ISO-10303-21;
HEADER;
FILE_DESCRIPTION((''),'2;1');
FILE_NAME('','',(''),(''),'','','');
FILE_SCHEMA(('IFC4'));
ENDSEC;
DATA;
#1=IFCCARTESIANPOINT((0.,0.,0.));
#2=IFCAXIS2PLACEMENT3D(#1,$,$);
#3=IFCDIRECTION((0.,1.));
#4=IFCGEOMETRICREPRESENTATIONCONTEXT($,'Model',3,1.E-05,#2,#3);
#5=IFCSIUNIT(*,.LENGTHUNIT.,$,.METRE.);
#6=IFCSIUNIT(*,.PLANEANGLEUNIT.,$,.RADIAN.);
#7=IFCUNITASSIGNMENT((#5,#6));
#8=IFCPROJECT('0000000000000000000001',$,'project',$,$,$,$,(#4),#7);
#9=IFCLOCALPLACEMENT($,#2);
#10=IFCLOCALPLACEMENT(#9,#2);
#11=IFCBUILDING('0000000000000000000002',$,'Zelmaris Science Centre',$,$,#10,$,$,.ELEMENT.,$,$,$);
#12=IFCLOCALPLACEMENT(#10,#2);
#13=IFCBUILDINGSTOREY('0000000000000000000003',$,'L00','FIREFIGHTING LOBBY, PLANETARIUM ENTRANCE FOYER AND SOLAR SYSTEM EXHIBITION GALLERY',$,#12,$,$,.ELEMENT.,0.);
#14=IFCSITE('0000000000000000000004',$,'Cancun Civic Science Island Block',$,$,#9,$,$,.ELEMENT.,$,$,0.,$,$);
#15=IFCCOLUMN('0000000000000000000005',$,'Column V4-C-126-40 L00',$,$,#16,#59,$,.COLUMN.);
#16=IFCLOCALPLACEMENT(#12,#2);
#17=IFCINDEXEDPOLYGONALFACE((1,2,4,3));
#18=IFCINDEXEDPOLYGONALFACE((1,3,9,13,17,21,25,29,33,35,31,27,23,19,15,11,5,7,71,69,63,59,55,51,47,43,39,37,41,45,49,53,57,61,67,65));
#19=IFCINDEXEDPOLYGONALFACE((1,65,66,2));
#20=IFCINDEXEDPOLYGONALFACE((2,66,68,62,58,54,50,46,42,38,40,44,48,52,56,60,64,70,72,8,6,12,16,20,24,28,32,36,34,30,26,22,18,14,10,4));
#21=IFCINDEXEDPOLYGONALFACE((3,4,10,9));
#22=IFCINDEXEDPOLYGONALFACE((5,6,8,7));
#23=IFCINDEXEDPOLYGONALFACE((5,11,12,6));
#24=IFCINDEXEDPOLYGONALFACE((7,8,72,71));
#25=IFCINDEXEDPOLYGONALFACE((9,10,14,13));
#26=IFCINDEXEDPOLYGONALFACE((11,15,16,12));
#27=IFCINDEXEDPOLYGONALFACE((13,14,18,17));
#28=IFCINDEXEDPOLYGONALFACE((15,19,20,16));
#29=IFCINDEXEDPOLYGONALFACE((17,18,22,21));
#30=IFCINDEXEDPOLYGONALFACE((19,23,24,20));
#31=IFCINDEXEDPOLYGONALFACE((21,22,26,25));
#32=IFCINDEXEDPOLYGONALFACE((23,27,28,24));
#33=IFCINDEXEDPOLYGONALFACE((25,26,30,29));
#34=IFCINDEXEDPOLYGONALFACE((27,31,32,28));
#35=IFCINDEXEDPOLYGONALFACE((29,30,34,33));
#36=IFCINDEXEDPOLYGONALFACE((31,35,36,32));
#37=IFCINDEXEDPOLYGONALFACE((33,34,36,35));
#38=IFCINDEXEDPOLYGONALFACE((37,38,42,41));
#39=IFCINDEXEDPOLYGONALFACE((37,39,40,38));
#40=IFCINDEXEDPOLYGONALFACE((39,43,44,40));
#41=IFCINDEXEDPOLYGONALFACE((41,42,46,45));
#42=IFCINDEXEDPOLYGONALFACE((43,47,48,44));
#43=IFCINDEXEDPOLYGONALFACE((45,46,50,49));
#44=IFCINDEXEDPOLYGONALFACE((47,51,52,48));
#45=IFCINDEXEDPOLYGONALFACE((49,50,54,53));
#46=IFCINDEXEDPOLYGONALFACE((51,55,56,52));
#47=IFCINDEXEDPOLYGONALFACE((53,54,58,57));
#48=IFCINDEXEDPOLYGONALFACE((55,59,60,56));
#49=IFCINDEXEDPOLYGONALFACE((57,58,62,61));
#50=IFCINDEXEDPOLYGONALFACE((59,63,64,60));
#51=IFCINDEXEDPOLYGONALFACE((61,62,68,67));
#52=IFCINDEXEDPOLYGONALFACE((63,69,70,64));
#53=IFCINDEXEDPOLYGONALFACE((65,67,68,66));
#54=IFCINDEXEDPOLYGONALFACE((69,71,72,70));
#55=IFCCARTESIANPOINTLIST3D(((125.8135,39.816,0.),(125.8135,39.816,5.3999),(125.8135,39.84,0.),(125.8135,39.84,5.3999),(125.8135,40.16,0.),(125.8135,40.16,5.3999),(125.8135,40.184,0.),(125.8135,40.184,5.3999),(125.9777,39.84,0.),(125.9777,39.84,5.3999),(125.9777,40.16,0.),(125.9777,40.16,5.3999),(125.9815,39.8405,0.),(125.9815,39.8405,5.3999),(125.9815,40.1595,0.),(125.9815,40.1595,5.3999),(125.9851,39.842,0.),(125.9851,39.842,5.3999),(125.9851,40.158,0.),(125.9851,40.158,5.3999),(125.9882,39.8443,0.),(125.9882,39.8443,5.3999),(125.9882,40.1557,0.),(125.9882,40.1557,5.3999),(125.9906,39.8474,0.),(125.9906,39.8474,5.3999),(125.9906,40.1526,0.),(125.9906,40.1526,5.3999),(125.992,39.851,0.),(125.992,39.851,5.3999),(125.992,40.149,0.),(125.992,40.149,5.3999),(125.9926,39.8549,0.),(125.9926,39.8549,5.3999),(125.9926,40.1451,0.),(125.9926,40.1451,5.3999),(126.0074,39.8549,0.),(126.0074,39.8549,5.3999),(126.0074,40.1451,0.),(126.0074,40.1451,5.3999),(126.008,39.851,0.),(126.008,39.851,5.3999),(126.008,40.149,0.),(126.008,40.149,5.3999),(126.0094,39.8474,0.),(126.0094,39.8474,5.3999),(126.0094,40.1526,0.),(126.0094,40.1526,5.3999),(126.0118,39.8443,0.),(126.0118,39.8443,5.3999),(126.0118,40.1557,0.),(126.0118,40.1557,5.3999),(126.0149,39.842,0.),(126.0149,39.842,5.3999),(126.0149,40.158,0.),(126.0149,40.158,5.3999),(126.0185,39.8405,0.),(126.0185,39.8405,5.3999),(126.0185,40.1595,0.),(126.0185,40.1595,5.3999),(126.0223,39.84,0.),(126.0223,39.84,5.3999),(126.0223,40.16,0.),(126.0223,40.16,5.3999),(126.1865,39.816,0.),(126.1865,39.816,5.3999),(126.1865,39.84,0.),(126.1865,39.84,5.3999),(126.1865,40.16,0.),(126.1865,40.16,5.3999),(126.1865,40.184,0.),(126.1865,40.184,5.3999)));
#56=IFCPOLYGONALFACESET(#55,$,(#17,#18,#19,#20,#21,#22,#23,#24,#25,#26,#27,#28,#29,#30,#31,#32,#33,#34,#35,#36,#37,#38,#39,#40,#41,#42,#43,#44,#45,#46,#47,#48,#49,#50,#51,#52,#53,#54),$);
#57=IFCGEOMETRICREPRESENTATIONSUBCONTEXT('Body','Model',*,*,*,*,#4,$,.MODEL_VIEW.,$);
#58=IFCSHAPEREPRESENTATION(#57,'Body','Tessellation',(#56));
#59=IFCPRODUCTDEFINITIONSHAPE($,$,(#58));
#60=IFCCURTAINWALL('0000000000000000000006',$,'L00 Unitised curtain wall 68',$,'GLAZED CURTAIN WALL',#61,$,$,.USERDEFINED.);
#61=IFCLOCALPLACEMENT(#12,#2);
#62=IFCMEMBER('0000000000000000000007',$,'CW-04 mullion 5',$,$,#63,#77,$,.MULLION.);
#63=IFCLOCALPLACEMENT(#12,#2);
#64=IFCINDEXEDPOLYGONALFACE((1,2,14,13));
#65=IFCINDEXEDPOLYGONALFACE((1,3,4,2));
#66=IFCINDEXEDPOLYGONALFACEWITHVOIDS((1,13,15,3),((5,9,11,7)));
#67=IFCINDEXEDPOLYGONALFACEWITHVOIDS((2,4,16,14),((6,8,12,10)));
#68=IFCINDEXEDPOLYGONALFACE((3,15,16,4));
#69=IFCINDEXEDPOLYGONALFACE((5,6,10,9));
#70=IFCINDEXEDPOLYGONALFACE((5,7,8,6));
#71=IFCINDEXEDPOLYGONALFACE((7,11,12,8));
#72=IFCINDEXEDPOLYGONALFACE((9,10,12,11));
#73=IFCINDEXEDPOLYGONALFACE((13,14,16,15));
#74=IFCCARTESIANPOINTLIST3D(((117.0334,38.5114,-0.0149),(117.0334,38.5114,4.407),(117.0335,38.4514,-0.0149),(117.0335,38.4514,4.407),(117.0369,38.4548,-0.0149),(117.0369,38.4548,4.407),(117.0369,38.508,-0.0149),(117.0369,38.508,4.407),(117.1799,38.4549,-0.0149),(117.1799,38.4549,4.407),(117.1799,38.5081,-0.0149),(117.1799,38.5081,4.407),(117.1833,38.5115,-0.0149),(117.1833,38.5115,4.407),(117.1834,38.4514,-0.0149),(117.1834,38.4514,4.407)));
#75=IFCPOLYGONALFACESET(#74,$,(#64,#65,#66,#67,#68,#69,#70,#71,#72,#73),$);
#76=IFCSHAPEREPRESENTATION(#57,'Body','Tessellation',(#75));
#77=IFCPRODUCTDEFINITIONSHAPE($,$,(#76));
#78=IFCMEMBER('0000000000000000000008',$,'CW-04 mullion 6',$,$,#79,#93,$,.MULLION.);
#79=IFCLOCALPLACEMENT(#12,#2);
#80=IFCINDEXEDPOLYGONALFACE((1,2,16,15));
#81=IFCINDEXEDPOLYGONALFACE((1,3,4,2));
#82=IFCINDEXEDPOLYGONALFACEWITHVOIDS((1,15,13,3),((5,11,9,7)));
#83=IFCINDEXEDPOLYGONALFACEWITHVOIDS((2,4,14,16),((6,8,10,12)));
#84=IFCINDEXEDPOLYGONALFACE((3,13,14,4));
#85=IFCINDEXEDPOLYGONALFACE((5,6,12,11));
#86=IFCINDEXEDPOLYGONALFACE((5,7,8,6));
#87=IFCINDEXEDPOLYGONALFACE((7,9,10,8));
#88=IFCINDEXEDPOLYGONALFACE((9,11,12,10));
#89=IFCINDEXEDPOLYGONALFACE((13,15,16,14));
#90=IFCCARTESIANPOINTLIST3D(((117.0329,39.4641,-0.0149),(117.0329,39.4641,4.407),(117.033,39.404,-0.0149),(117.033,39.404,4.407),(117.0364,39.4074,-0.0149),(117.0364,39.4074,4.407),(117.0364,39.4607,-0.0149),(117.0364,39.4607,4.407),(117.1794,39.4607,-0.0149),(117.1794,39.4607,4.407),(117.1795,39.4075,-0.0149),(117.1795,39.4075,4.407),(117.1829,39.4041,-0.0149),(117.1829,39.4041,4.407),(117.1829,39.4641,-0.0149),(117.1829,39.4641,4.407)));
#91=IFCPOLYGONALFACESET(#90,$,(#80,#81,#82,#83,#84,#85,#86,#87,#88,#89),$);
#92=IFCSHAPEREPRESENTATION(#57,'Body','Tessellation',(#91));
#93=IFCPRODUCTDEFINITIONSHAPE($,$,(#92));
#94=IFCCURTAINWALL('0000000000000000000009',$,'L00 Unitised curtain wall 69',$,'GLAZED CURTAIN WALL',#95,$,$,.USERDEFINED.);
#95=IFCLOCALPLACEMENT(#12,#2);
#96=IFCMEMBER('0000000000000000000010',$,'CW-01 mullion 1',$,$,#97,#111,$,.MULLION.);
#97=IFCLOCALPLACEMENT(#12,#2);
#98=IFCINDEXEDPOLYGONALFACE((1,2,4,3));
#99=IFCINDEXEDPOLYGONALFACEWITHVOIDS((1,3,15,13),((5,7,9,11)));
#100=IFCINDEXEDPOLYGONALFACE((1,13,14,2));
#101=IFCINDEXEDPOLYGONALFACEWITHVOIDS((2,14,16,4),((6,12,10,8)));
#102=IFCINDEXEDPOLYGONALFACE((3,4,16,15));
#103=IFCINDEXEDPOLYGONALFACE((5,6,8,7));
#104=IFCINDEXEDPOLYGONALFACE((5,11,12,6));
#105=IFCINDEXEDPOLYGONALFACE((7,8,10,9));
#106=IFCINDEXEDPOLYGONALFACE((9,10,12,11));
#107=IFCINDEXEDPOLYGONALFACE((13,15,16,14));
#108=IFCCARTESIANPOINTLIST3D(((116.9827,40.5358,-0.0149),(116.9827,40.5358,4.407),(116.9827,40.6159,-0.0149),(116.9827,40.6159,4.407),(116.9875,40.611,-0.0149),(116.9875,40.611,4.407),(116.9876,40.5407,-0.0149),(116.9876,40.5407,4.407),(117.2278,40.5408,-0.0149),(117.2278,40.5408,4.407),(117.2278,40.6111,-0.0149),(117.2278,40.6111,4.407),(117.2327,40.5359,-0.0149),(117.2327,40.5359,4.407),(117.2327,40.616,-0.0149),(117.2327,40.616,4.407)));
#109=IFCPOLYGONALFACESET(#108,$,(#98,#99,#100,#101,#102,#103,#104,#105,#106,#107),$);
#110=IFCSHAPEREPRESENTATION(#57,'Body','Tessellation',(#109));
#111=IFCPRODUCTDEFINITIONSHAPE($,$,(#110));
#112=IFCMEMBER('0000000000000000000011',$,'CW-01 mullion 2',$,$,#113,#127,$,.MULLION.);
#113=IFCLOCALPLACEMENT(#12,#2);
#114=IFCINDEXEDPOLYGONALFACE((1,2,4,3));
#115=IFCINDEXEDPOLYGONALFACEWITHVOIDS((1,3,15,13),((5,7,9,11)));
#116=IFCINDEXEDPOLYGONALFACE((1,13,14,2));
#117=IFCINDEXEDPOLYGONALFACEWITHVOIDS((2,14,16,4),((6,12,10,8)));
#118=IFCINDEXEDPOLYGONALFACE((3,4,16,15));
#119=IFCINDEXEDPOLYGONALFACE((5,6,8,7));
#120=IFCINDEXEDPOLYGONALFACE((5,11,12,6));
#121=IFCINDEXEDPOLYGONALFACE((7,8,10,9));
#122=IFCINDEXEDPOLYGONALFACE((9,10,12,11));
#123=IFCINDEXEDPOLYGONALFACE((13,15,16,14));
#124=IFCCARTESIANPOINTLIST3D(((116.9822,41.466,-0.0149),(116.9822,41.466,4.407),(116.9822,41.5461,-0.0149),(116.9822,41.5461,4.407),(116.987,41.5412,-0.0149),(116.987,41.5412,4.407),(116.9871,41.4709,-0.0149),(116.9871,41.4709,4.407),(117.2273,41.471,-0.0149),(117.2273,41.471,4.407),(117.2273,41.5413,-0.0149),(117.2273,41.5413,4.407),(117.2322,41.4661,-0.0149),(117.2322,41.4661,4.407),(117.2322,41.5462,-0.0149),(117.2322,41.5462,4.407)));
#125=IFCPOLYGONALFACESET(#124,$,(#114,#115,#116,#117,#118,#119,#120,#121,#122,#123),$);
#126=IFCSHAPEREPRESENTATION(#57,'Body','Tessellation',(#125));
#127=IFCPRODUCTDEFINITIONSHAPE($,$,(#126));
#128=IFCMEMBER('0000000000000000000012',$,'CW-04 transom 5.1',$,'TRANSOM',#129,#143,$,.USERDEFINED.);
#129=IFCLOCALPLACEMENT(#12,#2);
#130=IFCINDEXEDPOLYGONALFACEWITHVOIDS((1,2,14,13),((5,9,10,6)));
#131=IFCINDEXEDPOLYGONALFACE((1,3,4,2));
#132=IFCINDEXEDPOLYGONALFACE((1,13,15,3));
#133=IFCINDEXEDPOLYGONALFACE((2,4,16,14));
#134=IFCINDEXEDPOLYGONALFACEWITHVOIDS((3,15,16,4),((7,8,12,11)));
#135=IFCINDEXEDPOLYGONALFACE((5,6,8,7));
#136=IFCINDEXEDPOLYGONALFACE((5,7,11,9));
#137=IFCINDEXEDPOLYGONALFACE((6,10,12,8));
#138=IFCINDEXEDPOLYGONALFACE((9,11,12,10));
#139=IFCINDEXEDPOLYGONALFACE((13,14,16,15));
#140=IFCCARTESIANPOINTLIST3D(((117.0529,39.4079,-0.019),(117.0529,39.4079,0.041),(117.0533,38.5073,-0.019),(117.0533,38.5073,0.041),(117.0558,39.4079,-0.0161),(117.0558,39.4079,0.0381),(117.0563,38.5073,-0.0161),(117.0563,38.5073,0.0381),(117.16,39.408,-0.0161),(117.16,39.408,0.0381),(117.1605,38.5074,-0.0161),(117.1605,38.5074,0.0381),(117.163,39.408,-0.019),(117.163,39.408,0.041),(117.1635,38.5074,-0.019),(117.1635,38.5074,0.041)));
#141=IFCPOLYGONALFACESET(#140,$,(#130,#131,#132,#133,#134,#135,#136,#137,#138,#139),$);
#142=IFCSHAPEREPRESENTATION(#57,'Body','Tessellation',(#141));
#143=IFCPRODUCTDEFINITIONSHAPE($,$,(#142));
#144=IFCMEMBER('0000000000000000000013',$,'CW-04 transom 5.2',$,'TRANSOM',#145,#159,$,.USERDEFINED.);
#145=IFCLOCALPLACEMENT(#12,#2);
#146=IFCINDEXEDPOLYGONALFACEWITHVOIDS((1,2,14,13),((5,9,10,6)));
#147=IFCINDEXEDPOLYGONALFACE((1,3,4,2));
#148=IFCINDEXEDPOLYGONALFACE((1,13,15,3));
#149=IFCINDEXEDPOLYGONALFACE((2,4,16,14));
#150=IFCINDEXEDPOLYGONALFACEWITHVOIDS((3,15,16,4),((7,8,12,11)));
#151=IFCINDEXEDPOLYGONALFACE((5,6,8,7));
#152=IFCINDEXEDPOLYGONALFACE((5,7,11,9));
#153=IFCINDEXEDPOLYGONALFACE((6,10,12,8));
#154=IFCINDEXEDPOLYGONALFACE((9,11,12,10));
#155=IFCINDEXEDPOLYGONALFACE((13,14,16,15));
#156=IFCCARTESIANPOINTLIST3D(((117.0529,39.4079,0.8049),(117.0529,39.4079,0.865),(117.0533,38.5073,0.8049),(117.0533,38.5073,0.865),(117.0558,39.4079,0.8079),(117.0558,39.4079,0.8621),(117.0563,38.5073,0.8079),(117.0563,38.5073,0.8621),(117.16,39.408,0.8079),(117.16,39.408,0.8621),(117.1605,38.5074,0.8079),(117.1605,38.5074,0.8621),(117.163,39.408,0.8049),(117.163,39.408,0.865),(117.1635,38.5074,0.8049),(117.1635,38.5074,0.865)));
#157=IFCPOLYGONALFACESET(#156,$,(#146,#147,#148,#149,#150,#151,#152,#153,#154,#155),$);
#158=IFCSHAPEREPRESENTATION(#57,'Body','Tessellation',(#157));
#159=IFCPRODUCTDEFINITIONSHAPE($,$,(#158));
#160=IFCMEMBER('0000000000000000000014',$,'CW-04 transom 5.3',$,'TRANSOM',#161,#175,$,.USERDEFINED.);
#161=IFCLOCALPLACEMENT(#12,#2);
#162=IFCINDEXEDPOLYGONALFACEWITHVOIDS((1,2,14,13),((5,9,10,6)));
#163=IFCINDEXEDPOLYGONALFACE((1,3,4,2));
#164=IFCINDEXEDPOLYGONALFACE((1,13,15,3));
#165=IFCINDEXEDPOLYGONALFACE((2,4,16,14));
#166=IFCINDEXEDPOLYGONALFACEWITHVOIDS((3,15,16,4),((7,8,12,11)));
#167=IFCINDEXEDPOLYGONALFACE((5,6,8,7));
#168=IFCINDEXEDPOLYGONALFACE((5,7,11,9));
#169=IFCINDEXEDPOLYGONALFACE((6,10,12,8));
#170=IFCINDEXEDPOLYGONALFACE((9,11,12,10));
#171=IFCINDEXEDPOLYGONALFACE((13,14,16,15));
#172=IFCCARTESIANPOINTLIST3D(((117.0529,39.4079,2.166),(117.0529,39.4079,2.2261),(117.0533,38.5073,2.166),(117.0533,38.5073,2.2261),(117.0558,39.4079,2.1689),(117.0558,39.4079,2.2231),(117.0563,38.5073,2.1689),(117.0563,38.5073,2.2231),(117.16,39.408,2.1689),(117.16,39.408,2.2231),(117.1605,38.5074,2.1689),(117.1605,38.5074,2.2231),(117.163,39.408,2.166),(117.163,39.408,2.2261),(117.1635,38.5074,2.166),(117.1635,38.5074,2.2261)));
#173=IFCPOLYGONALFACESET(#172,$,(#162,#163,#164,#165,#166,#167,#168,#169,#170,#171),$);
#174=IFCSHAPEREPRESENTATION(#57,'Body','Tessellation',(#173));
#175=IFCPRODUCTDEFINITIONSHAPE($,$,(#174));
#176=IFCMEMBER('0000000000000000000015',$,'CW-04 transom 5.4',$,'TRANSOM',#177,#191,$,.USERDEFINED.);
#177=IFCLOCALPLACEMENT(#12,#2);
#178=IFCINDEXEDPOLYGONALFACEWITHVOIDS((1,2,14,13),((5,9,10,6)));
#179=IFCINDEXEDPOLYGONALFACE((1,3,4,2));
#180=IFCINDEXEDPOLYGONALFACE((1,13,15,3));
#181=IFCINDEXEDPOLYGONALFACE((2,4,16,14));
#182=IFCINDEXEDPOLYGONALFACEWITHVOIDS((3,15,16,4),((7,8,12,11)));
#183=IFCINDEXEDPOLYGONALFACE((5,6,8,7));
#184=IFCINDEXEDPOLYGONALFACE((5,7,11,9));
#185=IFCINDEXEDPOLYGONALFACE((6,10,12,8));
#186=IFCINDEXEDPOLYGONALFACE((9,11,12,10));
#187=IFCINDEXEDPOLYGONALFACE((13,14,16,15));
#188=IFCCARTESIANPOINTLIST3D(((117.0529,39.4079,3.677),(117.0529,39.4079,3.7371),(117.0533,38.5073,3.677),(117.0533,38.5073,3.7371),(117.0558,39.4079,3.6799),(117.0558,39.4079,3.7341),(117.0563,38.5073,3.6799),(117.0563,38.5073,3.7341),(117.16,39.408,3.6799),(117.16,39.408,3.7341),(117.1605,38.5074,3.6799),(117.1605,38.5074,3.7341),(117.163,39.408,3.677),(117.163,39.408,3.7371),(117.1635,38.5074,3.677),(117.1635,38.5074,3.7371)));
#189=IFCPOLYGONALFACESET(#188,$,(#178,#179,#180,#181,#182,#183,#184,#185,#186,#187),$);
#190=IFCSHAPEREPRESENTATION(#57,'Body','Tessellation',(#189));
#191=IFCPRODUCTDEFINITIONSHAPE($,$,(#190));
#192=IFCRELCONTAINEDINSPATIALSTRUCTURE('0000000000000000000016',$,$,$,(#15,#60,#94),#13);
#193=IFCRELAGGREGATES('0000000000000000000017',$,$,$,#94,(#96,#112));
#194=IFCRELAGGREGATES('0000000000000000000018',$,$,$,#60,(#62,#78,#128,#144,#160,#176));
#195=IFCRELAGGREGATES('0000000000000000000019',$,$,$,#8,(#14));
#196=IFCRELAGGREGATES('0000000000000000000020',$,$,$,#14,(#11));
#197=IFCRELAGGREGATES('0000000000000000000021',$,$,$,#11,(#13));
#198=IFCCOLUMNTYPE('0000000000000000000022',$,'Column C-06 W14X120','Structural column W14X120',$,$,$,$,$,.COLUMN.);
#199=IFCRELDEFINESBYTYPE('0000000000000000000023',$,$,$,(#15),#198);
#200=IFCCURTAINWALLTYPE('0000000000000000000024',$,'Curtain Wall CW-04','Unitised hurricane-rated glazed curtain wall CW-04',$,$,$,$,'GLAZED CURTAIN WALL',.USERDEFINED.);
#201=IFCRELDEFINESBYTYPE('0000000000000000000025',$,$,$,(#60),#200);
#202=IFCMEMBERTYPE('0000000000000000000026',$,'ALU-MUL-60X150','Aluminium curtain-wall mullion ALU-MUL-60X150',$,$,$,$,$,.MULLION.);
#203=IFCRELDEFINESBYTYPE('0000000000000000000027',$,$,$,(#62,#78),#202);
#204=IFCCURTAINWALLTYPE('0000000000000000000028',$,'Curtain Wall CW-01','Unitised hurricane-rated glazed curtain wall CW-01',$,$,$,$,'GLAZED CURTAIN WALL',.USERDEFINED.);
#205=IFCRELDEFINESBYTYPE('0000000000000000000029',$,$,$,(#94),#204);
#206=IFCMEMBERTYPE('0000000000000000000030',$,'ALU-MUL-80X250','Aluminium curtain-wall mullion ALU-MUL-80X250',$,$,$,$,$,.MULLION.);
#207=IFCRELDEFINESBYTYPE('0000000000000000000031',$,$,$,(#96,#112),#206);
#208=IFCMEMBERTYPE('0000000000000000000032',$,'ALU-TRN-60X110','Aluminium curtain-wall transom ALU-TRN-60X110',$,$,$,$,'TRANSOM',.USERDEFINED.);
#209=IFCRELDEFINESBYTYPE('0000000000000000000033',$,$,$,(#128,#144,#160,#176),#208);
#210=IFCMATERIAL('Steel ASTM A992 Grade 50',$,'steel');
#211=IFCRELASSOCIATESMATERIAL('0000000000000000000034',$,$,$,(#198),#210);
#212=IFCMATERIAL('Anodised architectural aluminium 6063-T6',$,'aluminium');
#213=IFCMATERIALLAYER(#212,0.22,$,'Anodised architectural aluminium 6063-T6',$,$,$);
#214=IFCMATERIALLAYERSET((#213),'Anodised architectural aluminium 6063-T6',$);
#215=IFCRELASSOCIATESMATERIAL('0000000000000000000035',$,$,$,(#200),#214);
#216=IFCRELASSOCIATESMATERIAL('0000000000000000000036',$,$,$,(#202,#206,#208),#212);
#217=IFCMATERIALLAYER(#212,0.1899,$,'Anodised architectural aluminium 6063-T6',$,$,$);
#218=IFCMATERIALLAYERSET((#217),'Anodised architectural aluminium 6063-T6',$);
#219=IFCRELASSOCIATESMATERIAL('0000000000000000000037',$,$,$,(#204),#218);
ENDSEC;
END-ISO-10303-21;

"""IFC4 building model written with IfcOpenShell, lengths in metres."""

from ifc_helpers import new_model, si_unit, direction, frame, origin, origin_2d, place, context, subcontext, project, spatial, hollow_rectangle, i_section, extrude, material, layer, layer_set, material_profile, profile_set, type_object, element, aggregate, save


model = new_model("IFC4")

# Units and contexts
model_context = context("Model", 3, precision=1e-05, world=origin(), true_north=direction((0.0, 1.0)))
body_context = subcontext(model_context, "Body", "Model", "MODEL_VIEW")
ifc_project = project(units=[si_unit("LENGTHUNIT", "METRE"), si_unit("PLANEANGLEUNIT", "RADIAN")], contexts=[model_context])

# Site, building, storey
site_placement = place(None, origin())
site = spatial("IfcSite", under=ifc_project, at=site_placement, Name="Cancun Civic Science Island Block", CompositionType="ELEMENT", RefElevation=0.0)
building_placement = place(site_placement, origin())
building = spatial("IfcBuilding", under=site, at=building_placement, Name="Zelmaris Science Centre", CompositionType="ELEMENT")
storey_placement = place(building_placement, origin())
storey = spatial("IfcBuildingStorey", under=building, at=storey_placement, Name="L00", Description="FIREFIGHTING LOBBY, PLANETARIUM ENTRANCE FOYER AND SOLAR SYSTEM EXHIBITION GALLERY", CompositionType="ELEMENT", Elevation=0.0)

# Column
ifc_material_1 = material(Name="Steel ASTM A992 Grade 50", Category="steel")
ifc_material_profile_1 = material_profile(ifc_material_1, i_section(OverallWidth=0.373, OverallDepth=0.3679, WebThickness=0.0149, FlangeThickness=0.0239, FilletRadius=0.0149, at=origin_2d()), Name="W14X120")
ifc_profile_set_1 = profile_set([ifc_material_profile_1], Name="Steel ASTM A992 Grade 50")
column_type = type_object("IfcColumnType", Name="Column C-06 W14X120", Description="Structural column W14X120", PredefinedType="COLUMN", material=ifc_profile_set_1)
column_placement = place(storey_placement, frame((126.0, 40.0, 0.0), z_axis=(0.0, 0.0, 1.0), x_axis=(1.0, 0.0, 0.0)))
element("IfcColumn", 1, at=column_placement, inside=storey, type_object=column_type, Name="Column V4-C-126-40 L00", PredefinedType="COLUMN", context=body_context, shape_type="SweptSolid", body=[
    extrude(i_section(OverallWidth=0.373, OverallDepth=0.3679, WebThickness=0.0149, FlangeThickness=0.0239, FilletRadius=0.0149, at=origin_2d()), origin(), (0.0, 0.0, 1.0), 5.3999),
])

# Curtain walls, members
ifc_material_2 = material(Name="Anodised architectural aluminium 6063-T6", Category="aluminium")
ifc_layer_1 = layer(ifc_material_2, 0.22, Name="Anodised architectural aluminium 6063-T6")
ifc_layer_set_1 = layer_set([ifc_layer_1], Name="Anodised architectural aluminium 6063-T6")
curtain_wall_type_1 = type_object("IfcCurtainWallType", Name="Curtain Wall CW-04", Description="Unitised hurricane-rated glazed curtain wall CW-04", ElementType="GLAZED CURTAIN WALL", PredefinedType="USERDEFINED", material=ifc_layer_set_1)
curtain_wall_1_placement = place(storey_placement, origin())
curtain_wall_1 = element("IfcCurtainWall", 2, at=curtain_wall_1_placement, inside=storey, type_object=curtain_wall_type_1, Name="L00 Unitised curtain wall 68", ObjectType="GLAZED CURTAIN WALL", PredefinedType="USERDEFINED")
ifc_material_profile_2 = material_profile(ifc_material_2, hollow_rectangle(XDim=0.0601, YDim=0.1499, WallThickness=0.0034, at=origin_2d()), Name="ALU-MUL-60X150")
ifc_profile_set_2 = profile_set([ifc_material_profile_2], Name="Anodised architectural aluminium 6063-T6")
member_type_1 = type_object("IfcMemberType", Name="ALU-MUL-60X150", Description="Aluminium curtain-wall mullion ALU-MUL-60X150", PredefinedType="MULLION", material=ifc_profile_set_2)
member_1_placement = place(storey_placement, frame((117.1084, 38.4814, -0.0149), z_axis=(0.0, 0.0, 1.0), x_axis=(-0.000353, 1.0, 0.0)))
member_1 = element("IfcMember", 3, at=member_1_placement, type_object=member_type_1, Name="CW-04 mullion 5", PredefinedType="MULLION", context=body_context, shape_type="SweptSolid", body=[
    extrude(hollow_rectangle(XDim=0.0601, YDim=0.1499, WallThickness=0.0034, at=origin_2d()), origin(), (0.0, 0.0, 1.0), 4.4219),
])
member_2_placement = place(storey_placement, frame((117.1079, 39.4341, -0.0149), z_axis=(0.0, 0.0, 1.0), x_axis=(-0.000353, 1.0, 0.0)))
member_2 = element("IfcMember", 4, at=member_2_placement, type_object=member_type_1, Name="CW-04 mullion 6", PredefinedType="MULLION", context=body_context, shape_type="SweptSolid", body=[
    extrude(hollow_rectangle(XDim=0.0601, YDim=0.1499, WallThickness=0.0034, at=origin_2d()), origin(), (0.0, 0.0, 1.0), 4.4219),
])
ifc_layer_2 = layer(ifc_material_2, 0.1899, Name="Anodised architectural aluminium 6063-T6")
ifc_layer_set_2 = layer_set([ifc_layer_2], Name="Anodised architectural aluminium 6063-T6")
curtain_wall_type_2 = type_object("IfcCurtainWallType", Name="Curtain Wall CW-01", Description="Unitised hurricane-rated glazed curtain wall CW-01", ElementType="GLAZED CURTAIN WALL", PredefinedType="USERDEFINED", material=ifc_layer_set_2)
curtain_wall_2_placement = place(storey_placement, origin())
curtain_wall_2 = element("IfcCurtainWall", 5, at=curtain_wall_2_placement, inside=storey, type_object=curtain_wall_type_2, Name="L00 Unitised curtain wall 69", ObjectType="GLAZED CURTAIN WALL", PredefinedType="USERDEFINED")
ifc_material_profile_3 = material_profile(ifc_material_2, hollow_rectangle(XDim=0.0801, YDim=0.25, WallThickness=0.0049, at=origin_2d()), Name="ALU-MUL-80X250")
ifc_profile_set_3 = profile_set([ifc_material_profile_3], Name="Anodised architectural aluminium 6063-T6")
member_type_2 = type_object("IfcMemberType", Name="ALU-MUL-80X250", Description="Aluminium curtain-wall mullion ALU-MUL-80X250", PredefinedType="MULLION", material=ifc_profile_set_3)
member_3_placement = place(storey_placement, frame((117.1077, 40.5759, -0.0149), z_axis=(0.0, 0.0, 1.0), x_axis=(-0.000353, 1.0, 0.0)))
member_3 = element("IfcMember", 6, at=member_3_placement, type_object=member_type_2, Name="CW-01 mullion 1", PredefinedType="MULLION", context=body_context, shape_type="SweptSolid", body=[
    extrude(hollow_rectangle(XDim=0.0801, YDim=0.25, WallThickness=0.0049, at=origin_2d()), origin(), (0.0, 0.0, 1.0), 4.4219),
])
member_4_placement = place(storey_placement, frame((117.1072, 41.5061, -0.0149), z_axis=(0.0, 0.0, 1.0), x_axis=(-0.000353, 1.0, 0.0)))
member_4 = element("IfcMember", 7, at=member_4_placement, type_object=member_type_2, Name="CW-01 mullion 2", PredefinedType="MULLION", context=body_context, shape_type="SweptSolid", body=[
    extrude(hollow_rectangle(XDim=0.0801, YDim=0.25, WallThickness=0.0049, at=origin_2d()), origin(), (0.0, 0.0, 1.0), 4.4219),
])

# Members
ifc_material_profile_4 = material_profile(ifc_material_2, hollow_rectangle(XDim=0.0601, YDim=0.1101, WallThickness=0.0029, at=origin_2d()), Name="ALU-TRN-60X110")
ifc_profile_set_4 = profile_set([ifc_material_profile_4], Name="Anodised architectural aluminium 6063-T6")
member_type_3 = type_object("IfcMemberType", Name="ALU-TRN-60X110", Description="Aluminium curtain-wall transom ALU-TRN-60X110", ElementType="TRANSOM", PredefinedType="USERDEFINED", material=ifc_profile_set_4)
member_5_placement = place(storey_placement, frame((117.1084, 38.5073, 0.011), z_axis=(-0.000542, 1.0, 0.0), x_axis=(0.0, 0.0, 1.0)))
member_5 = element("IfcMember", 8, at=member_5_placement, type_object=member_type_3, Name="CW-04 transom 5.1", ObjectType="TRANSOM", PredefinedType="USERDEFINED", context=body_context, shape_type="SweptSolid", body=[
    extrude(hollow_rectangle(XDim=0.0601, YDim=0.1101, WallThickness=0.0029, at=origin_2d()), origin(), (0.0, 0.0, 1.0), 0.9006),
])
member_6_placement = place(storey_placement, frame((117.1084, 38.5073, 0.835), z_axis=(-0.000542, 1.0, 0.0), x_axis=(0.0, 0.0, 1.0)))
member_6 = element("IfcMember", 9, at=member_6_placement, type_object=member_type_3, Name="CW-04 transom 5.2", ObjectType="TRANSOM", PredefinedType="USERDEFINED", context=body_context, shape_type="SweptSolid", body=[
    extrude(hollow_rectangle(XDim=0.0601, YDim=0.1101, WallThickness=0.0029, at=origin_2d()), origin(), (0.0, 0.0, 1.0), 0.9006),
])
member_7_placement = place(storey_placement, frame((117.1084, 38.5073, 2.196), z_axis=(-0.000542, 1.0, 0.0), x_axis=(0.0, 0.0, 1.0)))
member_7 = element("IfcMember", 10, at=member_7_placement, type_object=member_type_3, Name="CW-04 transom 5.3", ObjectType="TRANSOM", PredefinedType="USERDEFINED", context=body_context, shape_type="SweptSolid", body=[
    extrude(hollow_rectangle(XDim=0.0601, YDim=0.1101, WallThickness=0.0029, at=origin_2d()), origin(), (0.0, 0.0, 1.0), 0.9006),
])
member_8_placement = place(storey_placement, frame((117.1084, 38.5073, 3.707), z_axis=(-0.000542, 1.0, 0.0), x_axis=(0.0, 0.0, 1.0)))
member_8 = element("IfcMember", 11, at=member_8_placement, type_object=member_type_3, Name="CW-04 transom 5.4", ObjectType="TRANSOM", PredefinedType="USERDEFINED", context=body_context, shape_type="SweptSolid", body=[
    extrude(hollow_rectangle(XDim=0.0601, YDim=0.1101, WallThickness=0.0029, at=origin_2d()), origin(), (0.0, 0.0, 1.0), 0.9006),
])

aggregate(curtain_wall_2, [member_3, member_4])
aggregate(curtain_wall_1, [member_1, member_2, member_5, member_6, member_7, member_8])

save(model, "model.ifc")
